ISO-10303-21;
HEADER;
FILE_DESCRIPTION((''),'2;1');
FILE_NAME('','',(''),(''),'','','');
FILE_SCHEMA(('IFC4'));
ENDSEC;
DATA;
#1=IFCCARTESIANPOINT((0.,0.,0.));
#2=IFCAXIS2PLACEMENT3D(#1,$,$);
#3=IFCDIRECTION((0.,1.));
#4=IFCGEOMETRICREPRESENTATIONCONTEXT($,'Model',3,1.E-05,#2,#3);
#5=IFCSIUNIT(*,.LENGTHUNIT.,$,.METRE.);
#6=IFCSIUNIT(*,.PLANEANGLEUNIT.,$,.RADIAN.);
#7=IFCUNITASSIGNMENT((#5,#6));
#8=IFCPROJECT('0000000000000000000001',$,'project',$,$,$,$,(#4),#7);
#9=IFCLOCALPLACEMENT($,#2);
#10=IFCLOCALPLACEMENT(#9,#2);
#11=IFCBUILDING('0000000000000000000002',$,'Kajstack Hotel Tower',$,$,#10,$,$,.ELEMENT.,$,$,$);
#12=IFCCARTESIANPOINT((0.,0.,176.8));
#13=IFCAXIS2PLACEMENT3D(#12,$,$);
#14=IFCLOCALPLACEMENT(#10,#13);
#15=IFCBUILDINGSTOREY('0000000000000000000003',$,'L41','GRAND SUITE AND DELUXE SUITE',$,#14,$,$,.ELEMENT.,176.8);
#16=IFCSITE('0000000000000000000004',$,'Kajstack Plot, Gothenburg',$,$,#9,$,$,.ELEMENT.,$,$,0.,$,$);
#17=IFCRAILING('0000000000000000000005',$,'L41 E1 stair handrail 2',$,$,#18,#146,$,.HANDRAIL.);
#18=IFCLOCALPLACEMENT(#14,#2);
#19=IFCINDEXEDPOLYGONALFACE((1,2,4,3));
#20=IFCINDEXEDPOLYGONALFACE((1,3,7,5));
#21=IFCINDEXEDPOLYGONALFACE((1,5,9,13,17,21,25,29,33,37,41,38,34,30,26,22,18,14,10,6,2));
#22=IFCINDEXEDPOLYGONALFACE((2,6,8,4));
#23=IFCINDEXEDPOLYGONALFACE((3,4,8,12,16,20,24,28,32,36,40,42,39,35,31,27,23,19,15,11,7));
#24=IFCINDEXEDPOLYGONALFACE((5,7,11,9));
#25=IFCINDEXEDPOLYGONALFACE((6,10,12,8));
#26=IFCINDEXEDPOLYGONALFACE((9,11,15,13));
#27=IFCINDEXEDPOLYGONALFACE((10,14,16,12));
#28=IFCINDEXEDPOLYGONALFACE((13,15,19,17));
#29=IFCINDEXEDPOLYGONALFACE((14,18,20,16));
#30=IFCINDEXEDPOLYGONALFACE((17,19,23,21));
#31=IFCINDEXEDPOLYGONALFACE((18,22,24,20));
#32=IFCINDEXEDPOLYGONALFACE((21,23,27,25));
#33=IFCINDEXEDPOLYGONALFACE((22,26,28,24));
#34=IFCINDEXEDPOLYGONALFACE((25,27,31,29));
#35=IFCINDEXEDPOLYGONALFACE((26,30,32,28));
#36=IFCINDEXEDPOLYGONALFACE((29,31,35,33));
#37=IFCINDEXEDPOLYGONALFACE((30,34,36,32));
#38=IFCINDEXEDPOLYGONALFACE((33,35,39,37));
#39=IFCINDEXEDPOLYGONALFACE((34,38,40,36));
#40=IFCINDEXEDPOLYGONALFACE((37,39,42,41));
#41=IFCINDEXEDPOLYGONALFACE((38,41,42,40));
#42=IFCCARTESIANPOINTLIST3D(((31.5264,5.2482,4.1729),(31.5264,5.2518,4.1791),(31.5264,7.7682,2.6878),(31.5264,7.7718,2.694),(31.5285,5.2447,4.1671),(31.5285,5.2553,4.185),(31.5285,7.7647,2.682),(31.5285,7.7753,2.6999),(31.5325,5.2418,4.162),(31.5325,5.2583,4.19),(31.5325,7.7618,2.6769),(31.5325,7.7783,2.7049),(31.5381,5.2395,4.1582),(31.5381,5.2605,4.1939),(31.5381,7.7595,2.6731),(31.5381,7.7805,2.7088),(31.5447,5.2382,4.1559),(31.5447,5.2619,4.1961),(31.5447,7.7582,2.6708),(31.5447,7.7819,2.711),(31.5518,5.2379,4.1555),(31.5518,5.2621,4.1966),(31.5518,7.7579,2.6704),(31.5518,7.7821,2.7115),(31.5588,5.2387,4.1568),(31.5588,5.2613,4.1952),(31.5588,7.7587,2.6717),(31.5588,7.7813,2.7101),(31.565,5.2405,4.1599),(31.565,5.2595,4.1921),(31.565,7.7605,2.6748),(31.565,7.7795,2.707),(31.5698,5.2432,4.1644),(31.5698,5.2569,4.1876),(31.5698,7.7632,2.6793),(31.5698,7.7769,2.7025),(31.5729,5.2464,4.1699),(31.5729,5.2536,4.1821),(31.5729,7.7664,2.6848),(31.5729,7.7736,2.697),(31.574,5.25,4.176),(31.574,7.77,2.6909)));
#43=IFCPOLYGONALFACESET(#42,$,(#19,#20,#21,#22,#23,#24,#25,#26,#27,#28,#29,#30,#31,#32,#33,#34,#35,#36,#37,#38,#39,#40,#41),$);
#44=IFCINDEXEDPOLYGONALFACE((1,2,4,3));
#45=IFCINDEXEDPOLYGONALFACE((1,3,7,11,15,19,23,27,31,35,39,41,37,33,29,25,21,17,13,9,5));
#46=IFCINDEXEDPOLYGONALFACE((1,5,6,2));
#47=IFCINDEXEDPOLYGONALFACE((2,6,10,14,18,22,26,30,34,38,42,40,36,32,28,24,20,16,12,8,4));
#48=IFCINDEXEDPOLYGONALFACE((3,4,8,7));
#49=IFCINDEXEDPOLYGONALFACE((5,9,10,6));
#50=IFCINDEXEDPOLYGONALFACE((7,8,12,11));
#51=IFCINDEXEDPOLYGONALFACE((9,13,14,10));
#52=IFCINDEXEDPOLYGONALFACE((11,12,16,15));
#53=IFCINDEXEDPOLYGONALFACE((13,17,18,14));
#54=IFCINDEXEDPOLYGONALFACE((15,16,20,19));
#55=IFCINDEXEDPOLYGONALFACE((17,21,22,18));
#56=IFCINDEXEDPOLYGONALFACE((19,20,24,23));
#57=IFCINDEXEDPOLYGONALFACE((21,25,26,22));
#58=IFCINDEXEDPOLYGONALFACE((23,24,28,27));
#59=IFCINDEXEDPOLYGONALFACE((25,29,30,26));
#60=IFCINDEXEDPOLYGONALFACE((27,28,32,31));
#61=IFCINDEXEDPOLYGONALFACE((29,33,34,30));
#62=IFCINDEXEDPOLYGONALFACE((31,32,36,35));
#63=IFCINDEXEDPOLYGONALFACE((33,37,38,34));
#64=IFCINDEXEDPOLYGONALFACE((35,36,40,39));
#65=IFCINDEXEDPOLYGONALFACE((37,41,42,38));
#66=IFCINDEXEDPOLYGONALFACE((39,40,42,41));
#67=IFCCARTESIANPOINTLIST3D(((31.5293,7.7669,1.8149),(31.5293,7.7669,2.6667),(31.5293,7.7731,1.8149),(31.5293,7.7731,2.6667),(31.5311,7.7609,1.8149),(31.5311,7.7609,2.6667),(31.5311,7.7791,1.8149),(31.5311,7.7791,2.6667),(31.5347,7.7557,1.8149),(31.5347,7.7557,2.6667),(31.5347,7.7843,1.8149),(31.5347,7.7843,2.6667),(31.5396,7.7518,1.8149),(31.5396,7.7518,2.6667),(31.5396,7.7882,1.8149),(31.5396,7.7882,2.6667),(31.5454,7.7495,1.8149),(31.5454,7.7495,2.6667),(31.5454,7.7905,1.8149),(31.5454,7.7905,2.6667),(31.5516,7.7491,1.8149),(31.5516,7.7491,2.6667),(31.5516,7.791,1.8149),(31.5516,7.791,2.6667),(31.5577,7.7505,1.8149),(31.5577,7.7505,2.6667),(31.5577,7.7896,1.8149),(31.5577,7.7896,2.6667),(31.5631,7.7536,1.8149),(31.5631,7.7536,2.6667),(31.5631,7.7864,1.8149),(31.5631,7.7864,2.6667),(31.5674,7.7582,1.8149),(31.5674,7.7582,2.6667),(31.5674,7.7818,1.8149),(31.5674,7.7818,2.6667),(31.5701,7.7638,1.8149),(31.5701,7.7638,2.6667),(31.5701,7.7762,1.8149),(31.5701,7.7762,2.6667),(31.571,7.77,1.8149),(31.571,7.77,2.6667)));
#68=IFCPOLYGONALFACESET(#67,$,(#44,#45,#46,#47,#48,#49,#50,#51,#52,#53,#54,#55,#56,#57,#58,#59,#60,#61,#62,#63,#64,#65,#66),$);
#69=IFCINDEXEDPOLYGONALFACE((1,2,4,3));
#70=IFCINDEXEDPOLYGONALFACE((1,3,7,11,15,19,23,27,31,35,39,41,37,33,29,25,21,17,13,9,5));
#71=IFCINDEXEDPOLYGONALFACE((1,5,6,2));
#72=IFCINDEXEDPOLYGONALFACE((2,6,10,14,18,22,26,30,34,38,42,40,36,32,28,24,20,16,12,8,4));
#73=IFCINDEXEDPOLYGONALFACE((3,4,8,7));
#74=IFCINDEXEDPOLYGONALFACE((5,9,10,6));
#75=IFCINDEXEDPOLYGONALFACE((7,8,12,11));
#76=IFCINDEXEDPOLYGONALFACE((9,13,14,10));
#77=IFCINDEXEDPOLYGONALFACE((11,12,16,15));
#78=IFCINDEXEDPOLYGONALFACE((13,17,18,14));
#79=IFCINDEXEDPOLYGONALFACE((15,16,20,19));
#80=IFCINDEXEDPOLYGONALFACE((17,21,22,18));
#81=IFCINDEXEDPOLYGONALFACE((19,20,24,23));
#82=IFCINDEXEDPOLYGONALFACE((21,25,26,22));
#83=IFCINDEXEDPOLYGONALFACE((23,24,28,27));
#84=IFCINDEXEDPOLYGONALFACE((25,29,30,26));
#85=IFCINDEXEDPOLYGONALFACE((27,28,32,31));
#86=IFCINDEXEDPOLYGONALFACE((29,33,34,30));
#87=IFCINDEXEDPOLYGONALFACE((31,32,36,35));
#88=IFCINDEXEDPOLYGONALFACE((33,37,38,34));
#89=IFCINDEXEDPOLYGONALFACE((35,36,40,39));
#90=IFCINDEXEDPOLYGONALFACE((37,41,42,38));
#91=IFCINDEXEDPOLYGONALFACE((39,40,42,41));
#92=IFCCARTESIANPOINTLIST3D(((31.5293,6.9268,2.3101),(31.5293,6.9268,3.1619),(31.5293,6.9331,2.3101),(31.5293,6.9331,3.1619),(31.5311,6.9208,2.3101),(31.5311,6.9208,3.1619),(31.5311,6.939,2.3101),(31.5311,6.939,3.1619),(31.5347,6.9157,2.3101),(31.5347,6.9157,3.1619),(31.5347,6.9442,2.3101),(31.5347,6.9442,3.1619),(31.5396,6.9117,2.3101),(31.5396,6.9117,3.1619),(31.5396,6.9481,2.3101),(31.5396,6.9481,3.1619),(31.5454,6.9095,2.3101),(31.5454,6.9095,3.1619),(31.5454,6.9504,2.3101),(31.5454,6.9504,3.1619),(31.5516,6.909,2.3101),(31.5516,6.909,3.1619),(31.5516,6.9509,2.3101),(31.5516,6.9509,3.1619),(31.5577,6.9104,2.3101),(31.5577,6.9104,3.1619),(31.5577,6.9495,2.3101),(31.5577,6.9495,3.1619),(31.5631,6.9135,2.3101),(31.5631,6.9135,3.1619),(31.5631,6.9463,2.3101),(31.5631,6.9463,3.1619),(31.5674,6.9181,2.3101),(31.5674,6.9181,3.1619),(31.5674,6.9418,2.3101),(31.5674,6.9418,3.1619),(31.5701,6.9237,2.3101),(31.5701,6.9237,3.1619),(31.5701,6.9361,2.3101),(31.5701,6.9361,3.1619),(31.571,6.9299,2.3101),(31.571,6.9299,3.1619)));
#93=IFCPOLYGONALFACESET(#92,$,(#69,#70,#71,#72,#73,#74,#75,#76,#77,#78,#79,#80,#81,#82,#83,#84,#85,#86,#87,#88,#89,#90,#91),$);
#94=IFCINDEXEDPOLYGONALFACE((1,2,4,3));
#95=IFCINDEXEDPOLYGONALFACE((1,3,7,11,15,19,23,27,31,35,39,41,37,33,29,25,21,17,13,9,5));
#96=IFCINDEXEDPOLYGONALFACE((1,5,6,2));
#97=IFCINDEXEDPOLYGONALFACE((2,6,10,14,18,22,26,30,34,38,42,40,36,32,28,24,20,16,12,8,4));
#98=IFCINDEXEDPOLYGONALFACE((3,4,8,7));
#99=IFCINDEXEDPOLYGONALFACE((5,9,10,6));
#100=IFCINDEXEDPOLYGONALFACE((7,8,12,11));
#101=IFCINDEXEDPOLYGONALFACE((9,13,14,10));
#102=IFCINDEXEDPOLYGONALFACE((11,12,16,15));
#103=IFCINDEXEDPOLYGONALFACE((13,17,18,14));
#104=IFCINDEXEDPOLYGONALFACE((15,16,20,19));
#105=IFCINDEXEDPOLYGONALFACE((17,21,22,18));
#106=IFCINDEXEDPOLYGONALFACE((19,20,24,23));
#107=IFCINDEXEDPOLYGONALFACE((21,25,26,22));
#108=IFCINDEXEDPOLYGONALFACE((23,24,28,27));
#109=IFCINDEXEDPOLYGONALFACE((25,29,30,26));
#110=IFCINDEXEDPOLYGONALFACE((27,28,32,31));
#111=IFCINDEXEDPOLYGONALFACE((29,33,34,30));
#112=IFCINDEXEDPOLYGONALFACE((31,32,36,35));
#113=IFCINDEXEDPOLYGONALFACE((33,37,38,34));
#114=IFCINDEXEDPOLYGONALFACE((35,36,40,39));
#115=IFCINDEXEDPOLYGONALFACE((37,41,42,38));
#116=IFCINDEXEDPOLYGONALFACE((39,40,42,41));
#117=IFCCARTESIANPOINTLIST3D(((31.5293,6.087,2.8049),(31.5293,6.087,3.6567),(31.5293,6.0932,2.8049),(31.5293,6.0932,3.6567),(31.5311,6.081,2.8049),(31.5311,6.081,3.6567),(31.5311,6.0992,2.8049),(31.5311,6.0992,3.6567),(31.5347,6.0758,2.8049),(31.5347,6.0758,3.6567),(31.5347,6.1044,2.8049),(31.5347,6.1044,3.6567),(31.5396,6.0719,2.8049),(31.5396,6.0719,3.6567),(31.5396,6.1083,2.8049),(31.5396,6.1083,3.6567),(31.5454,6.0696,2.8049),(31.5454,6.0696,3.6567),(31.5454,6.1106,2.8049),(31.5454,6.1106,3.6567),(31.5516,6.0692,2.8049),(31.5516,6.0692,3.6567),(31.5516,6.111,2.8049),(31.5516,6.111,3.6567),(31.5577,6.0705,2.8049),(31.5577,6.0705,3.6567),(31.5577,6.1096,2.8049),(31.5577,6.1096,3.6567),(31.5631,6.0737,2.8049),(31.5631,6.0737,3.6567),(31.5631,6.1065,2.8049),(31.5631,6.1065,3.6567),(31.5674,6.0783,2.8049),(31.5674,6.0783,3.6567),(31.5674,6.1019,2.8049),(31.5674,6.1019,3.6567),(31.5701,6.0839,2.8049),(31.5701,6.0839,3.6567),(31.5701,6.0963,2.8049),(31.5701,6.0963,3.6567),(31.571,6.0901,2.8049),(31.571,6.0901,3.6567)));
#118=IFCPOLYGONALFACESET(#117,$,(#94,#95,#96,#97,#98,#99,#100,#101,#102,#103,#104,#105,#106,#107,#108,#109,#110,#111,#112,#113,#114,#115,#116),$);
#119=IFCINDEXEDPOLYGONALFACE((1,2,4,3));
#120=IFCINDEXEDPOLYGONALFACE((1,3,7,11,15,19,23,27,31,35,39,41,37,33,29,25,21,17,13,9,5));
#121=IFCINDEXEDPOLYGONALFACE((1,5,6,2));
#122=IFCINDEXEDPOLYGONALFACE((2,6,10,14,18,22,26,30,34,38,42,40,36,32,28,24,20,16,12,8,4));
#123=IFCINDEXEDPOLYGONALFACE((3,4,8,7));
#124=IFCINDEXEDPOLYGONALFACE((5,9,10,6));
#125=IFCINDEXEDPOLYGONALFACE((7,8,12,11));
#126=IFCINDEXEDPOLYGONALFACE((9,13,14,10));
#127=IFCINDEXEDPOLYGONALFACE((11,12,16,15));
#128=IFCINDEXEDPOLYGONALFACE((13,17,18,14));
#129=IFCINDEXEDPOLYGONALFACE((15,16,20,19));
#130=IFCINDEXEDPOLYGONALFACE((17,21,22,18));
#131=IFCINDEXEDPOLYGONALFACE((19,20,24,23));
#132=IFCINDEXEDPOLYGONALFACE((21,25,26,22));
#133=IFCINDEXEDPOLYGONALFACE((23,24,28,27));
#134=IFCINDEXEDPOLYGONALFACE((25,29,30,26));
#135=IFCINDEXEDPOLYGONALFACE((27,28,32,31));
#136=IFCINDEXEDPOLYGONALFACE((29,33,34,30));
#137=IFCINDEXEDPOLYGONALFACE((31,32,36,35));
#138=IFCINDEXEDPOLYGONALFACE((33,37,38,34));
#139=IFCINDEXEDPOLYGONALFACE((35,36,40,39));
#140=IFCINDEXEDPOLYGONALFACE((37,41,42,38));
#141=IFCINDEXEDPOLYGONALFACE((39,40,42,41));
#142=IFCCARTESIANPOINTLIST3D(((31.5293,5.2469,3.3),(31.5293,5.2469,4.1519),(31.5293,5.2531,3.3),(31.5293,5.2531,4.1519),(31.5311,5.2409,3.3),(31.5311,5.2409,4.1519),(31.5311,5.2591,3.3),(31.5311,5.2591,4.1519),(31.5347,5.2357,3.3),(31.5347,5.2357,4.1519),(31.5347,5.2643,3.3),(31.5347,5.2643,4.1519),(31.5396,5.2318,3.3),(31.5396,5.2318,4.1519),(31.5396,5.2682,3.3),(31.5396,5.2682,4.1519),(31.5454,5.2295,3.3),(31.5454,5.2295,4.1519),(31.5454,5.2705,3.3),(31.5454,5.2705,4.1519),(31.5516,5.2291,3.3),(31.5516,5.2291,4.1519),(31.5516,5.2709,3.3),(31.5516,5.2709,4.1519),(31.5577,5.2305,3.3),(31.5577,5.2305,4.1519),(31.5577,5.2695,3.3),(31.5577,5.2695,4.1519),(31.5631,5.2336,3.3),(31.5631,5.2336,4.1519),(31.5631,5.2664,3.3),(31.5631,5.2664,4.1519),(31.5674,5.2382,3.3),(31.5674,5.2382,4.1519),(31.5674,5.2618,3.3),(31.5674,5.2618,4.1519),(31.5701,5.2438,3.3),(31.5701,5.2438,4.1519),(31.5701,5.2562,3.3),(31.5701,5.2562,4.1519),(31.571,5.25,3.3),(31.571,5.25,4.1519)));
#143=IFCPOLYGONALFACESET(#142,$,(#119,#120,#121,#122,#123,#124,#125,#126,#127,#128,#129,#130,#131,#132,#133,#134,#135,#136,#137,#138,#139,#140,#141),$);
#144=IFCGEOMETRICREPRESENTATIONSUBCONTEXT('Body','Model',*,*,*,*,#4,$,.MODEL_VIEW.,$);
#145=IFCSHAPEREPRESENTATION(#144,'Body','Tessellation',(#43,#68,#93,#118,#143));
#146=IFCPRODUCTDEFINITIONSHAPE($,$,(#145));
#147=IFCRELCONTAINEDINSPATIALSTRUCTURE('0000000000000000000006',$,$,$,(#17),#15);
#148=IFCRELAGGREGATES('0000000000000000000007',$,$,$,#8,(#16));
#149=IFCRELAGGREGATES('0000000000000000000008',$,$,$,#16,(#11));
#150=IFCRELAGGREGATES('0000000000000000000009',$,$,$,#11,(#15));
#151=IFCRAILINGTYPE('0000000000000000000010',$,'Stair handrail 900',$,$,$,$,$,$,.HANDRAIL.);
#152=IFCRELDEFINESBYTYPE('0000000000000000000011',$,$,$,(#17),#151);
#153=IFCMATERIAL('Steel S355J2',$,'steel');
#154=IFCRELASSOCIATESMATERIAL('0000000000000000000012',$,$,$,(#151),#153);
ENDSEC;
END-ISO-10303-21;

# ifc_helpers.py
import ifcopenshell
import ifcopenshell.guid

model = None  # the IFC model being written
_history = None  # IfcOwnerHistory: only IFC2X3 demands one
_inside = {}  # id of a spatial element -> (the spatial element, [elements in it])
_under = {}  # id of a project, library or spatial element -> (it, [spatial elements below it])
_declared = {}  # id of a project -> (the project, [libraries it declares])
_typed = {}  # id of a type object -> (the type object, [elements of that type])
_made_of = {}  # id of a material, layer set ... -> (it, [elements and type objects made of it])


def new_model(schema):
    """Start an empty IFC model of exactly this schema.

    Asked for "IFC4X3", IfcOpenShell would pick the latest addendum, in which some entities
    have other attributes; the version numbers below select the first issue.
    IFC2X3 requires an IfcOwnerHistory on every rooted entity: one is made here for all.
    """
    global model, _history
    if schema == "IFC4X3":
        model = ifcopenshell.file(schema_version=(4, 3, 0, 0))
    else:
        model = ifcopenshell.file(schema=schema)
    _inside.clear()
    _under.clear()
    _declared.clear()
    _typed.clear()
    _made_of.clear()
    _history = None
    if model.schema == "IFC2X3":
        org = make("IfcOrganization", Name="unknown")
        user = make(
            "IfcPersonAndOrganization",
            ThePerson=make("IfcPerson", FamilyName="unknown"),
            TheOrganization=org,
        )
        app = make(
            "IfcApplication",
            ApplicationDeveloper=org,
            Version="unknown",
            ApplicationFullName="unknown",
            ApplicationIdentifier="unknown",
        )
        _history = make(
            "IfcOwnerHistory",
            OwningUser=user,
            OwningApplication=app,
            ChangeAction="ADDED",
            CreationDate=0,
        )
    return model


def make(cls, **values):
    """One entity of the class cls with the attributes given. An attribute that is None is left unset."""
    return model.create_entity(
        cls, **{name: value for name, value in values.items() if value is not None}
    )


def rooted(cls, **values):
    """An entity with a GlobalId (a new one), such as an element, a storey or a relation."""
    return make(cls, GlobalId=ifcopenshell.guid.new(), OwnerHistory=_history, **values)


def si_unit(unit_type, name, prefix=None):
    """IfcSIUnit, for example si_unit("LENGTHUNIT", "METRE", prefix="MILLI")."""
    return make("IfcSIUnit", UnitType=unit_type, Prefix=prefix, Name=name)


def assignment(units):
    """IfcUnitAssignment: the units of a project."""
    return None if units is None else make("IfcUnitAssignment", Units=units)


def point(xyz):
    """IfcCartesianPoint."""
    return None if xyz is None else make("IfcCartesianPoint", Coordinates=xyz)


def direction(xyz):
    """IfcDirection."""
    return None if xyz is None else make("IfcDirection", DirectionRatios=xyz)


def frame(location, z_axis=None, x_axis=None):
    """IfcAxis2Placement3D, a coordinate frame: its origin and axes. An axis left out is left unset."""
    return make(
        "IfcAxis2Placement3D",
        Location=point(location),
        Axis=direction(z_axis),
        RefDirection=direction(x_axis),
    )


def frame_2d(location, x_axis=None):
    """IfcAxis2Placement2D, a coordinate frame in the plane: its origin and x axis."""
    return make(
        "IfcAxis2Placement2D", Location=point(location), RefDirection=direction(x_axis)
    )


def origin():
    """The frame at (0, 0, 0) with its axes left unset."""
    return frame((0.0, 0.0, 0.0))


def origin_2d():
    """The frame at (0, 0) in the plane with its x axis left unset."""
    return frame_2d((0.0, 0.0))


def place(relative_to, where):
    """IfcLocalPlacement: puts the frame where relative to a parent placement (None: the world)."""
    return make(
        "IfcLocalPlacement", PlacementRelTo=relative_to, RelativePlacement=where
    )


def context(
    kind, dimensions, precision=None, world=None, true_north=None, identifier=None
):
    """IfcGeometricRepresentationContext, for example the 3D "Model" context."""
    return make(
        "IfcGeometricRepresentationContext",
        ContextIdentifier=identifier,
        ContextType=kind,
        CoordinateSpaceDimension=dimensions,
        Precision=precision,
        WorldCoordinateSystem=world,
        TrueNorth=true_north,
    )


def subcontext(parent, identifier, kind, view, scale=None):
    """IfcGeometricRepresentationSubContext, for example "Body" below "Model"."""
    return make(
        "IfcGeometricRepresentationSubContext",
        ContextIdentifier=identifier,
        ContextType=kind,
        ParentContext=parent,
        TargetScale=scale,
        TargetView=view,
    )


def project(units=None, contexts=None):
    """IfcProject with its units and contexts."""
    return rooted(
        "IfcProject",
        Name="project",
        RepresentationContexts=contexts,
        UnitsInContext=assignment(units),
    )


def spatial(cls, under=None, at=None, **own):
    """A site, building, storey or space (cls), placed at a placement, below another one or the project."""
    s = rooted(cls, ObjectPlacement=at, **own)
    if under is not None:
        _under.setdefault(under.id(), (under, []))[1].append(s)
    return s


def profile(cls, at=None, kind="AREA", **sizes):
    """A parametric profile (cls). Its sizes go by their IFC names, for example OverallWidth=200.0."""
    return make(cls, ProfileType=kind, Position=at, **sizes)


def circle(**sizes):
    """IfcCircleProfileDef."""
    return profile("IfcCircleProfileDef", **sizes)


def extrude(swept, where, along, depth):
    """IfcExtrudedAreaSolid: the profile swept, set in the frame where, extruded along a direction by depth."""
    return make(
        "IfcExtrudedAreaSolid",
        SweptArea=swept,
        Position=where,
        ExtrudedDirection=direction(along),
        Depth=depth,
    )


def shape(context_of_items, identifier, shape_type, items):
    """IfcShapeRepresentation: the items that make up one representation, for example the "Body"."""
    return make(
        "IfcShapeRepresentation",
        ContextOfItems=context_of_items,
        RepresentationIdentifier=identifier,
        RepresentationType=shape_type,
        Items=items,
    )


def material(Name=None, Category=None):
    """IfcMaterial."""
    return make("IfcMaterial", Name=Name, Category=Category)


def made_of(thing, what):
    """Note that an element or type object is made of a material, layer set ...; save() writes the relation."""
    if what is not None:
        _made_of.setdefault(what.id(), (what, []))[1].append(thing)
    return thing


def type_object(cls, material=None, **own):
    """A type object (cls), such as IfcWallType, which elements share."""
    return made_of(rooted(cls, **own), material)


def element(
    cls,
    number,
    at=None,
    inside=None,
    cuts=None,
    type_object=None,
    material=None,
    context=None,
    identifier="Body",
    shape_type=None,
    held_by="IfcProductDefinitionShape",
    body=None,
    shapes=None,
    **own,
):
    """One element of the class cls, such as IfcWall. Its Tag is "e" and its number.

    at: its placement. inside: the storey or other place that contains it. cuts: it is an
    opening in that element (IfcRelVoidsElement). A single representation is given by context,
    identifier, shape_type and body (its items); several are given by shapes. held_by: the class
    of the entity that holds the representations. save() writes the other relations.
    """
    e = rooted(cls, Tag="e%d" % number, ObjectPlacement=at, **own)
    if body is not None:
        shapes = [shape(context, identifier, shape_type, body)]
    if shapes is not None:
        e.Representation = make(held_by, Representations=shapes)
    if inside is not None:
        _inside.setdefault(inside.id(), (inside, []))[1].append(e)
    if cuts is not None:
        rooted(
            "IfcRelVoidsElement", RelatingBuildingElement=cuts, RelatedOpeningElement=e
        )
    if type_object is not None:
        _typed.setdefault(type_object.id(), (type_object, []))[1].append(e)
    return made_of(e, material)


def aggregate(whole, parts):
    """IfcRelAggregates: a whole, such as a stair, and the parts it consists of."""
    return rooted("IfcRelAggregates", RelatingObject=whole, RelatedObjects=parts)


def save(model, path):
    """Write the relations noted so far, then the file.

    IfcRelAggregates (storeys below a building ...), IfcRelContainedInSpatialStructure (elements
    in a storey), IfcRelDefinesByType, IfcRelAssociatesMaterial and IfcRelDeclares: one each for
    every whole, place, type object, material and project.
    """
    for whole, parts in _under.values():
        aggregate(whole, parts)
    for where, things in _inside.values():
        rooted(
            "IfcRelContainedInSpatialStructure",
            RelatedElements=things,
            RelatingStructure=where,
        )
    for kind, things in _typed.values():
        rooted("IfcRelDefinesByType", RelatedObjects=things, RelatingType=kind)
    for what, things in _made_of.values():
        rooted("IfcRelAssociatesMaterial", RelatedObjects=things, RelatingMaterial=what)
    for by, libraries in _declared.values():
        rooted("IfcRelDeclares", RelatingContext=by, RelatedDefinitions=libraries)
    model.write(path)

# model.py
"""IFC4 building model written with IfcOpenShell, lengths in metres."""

from ifc_helpers import new_model, si_unit, direction, frame, origin, origin_2d, place, context, subcontext, project, spatial, circle, extrude, material, type_object, element, save


model = new_model("IFC4")

# Units and contexts
model_context = context("Model", 3, precision=1e-05, world=origin(), true_north=direction((0.0, 1.0)))
body_context = subcontext(model_context, "Body", "Model", "MODEL_VIEW")
ifc_project = project(units=[si_unit("LENGTHUNIT", "METRE"), si_unit("PLANEANGLEUNIT", "RADIAN")], contexts=[model_context])

# Site, building, storey
site_placement = place(None, origin())
site = spatial("IfcSite", under=ifc_project, at=site_placement, Name="Kajstack Plot, Gothenburg", CompositionType="ELEMENT", RefElevation=0.0)
building_placement = place(site_placement, origin())
building = spatial("IfcBuilding", under=site, at=building_placement, Name="Kajstack Hotel Tower", CompositionType="ELEMENT")
storey_placement = place(building_placement, frame((0.0, 0.0, 176.8)))
storey = spatial("IfcBuildingStorey", under=building, at=storey_placement, Name="L41", Description="GRAND SUITE AND DELUXE SUITE", CompositionType="ELEMENT", Elevation=176.8)

# Railing
ifc_material_1 = material(Name="Steel S355J2", Category="steel")
railing_type_1 = type_object("IfcRailingType", Name="Stair handrail 900", PredefinedType="HANDRAIL", material=ifc_material_1)
railing_1_placement = place(storey_placement, frame((31.55, 7.77, 1.8149)))
element("IfcRailing", 1, at=railing_1_placement, inside=storey, type_object=railing_type_1, Name="L41 E1 stair handrail 2", PredefinedType="HANDRAIL", context=body_context, shape_type="SweptSolid", body=[
    extrude(circle(Radius=0.0239, at=origin_2d()), frame((0.0, 0.0, 0.876), z_axis=(0.0, -0.861524, 0.507717), x_axis=(1.0, 0.0, 0.0)), (0.0, 0.0, 1.0), 2.925),
    extrude(circle(Radius=0.021, at=origin_2d()), origin(), (0.0, 0.0, 1.0), 0.8518),
    extrude(circle(Radius=0.021, at=origin_2d()), frame((0.0, -0.8401, 0.4951)), (0.0, 0.0, 1.0), 0.8518),
    extrude(circle(Radius=0.021, at=origin_2d()), frame((0.0, -1.6799, 0.99)), (0.0, 0.0, 1.0), 0.8518),
    extrude(circle(Radius=0.021, at=origin_2d()), frame((0.0, -2.52, 1.4851)), (0.0, 0.0, 1.0), 0.8518),
])

save(model, "model.ifc")
